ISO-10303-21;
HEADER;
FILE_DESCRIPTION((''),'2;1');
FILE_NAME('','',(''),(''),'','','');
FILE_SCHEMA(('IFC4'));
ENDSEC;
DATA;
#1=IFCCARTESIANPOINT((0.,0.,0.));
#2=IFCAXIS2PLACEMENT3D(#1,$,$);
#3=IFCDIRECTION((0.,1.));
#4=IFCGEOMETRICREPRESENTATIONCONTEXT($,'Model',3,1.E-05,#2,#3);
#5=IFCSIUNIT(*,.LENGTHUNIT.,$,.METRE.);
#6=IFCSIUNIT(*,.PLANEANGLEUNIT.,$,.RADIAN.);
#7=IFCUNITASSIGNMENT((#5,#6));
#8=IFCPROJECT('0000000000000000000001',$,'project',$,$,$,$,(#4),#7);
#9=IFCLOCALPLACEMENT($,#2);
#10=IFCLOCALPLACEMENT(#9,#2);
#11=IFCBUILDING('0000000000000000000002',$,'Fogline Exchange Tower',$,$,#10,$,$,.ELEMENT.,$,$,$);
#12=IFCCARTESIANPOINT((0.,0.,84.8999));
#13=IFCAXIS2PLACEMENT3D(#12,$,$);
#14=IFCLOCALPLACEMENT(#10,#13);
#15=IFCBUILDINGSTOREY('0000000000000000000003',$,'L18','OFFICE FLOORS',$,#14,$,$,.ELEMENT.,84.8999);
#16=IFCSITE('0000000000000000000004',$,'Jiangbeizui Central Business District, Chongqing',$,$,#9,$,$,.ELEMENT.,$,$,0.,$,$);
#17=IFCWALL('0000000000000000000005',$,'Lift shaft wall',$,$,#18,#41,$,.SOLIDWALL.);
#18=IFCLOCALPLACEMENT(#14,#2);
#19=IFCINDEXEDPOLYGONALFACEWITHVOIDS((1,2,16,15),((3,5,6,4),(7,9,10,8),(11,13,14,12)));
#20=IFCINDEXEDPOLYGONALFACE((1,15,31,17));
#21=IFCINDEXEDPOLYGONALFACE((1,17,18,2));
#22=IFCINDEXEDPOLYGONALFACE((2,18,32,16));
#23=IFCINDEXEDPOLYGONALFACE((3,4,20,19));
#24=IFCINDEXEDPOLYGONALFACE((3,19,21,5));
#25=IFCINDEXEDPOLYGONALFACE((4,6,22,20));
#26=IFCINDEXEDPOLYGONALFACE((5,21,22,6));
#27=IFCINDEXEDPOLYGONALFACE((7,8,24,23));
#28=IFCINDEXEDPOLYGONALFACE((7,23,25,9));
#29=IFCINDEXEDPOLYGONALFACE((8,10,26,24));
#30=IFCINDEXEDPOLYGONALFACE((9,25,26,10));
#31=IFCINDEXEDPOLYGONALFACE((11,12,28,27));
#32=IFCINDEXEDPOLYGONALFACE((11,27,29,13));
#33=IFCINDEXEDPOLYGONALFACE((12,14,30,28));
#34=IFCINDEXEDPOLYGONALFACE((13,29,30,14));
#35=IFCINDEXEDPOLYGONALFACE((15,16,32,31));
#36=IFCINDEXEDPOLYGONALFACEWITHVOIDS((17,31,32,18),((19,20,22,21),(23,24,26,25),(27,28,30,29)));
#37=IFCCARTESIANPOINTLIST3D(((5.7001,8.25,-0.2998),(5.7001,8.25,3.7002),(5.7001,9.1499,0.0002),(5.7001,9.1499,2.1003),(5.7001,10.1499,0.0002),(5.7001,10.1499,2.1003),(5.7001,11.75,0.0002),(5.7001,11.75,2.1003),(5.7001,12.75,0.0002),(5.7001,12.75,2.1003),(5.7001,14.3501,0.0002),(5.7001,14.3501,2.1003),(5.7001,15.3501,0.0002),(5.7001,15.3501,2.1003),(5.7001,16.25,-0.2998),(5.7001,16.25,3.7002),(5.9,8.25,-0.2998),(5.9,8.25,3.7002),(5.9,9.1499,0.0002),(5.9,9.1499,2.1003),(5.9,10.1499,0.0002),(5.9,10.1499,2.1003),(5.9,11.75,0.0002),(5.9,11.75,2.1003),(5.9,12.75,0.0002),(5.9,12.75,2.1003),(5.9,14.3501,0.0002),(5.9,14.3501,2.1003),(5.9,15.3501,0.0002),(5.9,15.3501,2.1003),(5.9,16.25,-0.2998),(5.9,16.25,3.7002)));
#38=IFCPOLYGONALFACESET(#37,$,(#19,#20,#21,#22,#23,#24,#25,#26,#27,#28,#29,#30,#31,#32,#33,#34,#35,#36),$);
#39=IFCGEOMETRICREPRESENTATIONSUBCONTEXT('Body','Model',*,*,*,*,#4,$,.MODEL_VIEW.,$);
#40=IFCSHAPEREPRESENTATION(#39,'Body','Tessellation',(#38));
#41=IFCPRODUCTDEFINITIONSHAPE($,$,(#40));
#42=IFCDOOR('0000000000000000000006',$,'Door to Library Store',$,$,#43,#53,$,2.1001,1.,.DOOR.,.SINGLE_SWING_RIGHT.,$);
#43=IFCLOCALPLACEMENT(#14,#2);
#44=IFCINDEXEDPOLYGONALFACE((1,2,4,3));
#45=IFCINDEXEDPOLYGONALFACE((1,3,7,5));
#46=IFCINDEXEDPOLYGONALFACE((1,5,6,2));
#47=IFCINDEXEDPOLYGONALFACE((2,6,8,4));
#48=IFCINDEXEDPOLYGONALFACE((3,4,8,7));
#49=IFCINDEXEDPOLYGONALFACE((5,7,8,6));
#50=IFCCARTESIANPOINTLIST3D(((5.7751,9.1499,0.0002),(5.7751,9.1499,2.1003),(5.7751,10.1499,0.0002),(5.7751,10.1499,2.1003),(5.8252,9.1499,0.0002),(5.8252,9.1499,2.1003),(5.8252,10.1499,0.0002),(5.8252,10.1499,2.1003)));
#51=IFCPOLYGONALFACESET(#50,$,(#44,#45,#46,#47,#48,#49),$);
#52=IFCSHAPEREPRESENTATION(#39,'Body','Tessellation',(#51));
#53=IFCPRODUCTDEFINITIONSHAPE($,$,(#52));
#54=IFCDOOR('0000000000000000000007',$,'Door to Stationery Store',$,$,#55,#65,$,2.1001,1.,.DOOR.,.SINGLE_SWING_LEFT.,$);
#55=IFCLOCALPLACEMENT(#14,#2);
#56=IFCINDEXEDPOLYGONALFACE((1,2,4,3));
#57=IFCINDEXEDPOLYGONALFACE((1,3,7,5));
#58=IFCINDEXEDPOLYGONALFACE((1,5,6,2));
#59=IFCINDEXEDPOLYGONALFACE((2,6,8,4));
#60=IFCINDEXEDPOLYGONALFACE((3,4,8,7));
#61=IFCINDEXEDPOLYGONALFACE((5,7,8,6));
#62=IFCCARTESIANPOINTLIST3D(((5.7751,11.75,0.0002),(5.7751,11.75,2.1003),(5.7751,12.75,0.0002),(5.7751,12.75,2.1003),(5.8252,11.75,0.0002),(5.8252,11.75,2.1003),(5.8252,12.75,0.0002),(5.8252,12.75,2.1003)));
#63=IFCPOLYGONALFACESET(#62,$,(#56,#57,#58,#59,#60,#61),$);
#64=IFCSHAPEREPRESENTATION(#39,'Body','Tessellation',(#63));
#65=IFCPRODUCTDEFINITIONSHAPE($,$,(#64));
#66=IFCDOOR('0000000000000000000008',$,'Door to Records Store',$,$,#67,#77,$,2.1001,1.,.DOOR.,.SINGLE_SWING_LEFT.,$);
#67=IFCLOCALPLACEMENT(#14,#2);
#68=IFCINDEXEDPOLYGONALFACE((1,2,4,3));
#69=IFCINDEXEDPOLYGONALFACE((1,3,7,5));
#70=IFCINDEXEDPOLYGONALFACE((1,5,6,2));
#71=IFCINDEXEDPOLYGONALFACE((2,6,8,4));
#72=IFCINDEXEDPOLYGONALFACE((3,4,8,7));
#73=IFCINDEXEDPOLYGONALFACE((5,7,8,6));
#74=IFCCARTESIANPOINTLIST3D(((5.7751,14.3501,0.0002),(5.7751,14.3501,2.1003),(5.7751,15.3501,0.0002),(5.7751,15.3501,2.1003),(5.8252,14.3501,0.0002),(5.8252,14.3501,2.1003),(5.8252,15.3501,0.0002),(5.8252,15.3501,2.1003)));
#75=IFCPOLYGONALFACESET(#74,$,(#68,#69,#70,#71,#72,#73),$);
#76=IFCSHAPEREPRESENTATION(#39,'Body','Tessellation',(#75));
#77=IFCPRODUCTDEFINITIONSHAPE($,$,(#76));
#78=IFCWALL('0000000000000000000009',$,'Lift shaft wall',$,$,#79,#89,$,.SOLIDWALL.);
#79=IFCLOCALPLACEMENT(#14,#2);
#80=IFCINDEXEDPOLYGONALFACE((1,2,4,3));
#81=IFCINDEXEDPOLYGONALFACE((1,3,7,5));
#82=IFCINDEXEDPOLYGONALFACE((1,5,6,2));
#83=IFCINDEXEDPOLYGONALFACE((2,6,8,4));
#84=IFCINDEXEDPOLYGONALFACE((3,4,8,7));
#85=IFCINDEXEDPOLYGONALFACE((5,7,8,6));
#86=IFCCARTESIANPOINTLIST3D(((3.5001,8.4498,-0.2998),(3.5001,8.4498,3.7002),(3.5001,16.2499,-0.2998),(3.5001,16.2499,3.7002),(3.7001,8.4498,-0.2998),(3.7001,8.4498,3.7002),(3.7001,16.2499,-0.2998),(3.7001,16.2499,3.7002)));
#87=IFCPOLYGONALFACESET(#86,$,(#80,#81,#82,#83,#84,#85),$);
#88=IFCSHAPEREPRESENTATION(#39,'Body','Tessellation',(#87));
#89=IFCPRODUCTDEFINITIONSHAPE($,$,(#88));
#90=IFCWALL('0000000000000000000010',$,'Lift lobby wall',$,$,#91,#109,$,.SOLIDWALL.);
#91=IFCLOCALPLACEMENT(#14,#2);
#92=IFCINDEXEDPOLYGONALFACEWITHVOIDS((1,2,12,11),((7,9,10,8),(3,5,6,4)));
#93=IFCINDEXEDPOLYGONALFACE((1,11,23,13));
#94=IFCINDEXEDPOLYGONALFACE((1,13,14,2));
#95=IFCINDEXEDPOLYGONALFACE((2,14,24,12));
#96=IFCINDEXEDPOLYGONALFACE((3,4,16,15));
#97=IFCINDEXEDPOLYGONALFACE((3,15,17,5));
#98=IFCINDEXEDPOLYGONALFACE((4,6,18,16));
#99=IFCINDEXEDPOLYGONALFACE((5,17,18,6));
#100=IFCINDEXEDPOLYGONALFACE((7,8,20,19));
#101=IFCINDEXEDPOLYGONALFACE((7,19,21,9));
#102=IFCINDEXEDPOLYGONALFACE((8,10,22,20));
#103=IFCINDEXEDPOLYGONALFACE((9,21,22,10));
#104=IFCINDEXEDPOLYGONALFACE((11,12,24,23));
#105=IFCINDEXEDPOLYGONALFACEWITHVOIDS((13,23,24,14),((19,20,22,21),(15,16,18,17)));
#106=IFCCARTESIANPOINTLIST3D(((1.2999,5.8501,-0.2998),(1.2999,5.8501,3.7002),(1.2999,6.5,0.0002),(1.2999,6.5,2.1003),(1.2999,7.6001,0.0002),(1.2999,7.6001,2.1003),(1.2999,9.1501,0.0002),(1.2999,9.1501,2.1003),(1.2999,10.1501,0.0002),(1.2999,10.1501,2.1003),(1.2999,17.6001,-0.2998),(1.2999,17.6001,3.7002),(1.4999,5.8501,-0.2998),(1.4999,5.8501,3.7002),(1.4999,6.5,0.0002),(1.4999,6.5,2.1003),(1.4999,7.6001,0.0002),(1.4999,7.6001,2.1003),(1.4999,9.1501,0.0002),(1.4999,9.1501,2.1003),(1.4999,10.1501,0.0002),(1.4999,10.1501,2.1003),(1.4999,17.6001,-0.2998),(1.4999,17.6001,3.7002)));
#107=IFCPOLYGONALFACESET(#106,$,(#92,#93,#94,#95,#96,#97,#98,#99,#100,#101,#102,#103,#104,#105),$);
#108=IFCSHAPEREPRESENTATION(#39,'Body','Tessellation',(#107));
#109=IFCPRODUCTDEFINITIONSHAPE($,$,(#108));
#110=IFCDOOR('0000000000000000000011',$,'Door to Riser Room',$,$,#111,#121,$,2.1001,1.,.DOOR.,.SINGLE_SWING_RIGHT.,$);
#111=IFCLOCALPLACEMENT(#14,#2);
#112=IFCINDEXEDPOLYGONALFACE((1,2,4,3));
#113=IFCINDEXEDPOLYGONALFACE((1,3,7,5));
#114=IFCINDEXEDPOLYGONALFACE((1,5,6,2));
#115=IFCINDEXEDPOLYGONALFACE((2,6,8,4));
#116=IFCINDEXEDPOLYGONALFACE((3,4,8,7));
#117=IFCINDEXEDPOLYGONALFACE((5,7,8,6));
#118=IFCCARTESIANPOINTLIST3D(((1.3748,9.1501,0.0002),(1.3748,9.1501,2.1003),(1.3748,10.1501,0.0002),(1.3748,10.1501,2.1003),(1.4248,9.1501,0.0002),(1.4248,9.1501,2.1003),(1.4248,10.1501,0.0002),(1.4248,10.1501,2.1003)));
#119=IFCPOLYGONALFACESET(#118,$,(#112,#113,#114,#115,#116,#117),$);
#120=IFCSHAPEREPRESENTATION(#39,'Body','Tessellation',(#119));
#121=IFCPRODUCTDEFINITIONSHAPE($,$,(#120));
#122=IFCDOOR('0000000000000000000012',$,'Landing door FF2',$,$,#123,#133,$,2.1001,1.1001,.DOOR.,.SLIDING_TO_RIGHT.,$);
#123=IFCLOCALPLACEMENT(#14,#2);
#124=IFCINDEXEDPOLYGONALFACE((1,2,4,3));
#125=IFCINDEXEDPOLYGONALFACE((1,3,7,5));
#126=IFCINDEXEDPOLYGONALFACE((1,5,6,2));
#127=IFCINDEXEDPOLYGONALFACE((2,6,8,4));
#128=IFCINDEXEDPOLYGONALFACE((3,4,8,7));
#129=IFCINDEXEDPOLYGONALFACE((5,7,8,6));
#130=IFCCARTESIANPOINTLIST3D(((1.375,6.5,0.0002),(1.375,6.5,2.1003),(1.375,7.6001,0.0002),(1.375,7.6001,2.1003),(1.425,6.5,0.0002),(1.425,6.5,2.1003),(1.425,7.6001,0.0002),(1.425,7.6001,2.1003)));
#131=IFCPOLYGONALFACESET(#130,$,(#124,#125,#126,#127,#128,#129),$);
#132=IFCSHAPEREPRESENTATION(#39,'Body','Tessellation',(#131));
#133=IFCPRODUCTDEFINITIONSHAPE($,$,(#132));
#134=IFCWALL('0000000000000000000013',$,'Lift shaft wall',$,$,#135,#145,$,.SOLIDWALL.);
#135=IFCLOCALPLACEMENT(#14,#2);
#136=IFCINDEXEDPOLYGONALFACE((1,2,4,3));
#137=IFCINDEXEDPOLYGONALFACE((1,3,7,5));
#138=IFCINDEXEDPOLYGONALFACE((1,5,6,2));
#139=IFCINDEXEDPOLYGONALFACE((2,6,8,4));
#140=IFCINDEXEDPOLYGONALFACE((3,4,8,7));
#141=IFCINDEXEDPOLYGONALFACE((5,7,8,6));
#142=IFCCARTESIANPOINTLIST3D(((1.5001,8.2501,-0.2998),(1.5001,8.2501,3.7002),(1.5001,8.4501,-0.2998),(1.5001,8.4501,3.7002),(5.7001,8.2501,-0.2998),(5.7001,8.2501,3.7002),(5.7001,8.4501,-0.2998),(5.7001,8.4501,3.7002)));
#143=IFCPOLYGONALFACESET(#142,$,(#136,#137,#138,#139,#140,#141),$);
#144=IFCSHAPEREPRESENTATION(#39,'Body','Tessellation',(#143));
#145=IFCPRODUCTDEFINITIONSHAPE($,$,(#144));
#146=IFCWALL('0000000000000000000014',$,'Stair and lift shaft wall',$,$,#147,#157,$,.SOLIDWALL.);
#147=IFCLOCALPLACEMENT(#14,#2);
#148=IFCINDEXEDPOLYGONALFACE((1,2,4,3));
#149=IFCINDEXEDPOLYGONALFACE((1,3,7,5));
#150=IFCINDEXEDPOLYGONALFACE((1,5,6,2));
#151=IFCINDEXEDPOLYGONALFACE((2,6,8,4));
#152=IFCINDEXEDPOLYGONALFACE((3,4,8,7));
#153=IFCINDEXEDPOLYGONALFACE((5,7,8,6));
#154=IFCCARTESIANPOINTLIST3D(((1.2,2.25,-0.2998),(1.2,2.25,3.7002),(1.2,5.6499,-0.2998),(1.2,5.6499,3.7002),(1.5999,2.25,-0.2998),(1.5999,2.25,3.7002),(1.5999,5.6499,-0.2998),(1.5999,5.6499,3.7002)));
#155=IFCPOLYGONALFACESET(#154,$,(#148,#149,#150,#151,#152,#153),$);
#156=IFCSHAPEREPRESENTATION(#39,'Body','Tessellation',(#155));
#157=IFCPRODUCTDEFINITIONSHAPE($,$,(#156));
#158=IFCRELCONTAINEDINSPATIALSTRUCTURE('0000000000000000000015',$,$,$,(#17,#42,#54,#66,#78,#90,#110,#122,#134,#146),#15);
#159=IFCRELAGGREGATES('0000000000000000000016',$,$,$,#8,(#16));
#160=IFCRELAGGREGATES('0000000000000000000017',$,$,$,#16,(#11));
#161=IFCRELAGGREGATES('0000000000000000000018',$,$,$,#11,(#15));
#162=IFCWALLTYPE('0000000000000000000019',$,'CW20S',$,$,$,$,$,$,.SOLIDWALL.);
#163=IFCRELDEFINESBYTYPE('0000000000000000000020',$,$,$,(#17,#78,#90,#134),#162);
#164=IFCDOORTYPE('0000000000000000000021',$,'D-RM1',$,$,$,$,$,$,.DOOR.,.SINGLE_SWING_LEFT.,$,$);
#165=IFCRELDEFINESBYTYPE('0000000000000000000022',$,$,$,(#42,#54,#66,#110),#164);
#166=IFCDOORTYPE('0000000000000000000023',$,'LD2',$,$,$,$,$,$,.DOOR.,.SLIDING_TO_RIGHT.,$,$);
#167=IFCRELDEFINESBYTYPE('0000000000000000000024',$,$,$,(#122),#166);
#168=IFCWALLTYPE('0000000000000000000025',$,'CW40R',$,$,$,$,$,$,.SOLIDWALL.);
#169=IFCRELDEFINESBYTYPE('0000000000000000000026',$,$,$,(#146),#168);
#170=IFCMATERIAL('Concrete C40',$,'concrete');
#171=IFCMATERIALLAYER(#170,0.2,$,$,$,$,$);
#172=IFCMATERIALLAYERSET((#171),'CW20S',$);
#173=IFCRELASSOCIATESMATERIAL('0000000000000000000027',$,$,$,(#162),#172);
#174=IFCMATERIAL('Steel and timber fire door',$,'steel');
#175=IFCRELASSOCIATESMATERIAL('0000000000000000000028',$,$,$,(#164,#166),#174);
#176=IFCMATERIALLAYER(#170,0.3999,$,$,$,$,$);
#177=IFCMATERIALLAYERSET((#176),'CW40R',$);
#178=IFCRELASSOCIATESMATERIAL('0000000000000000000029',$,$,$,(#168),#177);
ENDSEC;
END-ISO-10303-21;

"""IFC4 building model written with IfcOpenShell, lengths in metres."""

from ifc_helpers import new_model, si_unit, direction, frame, frame_2d, origin, place, context, subcontext, project, spatial, rectangle, extrude, material, layer, layer_set, type_object, element, fill, save


model = new_model("IFC4")

# Units and contexts
model_context = context("Model", 3, precision=1e-05, world=origin(), true_north=direction((0.0, 1.0)))
body_context = subcontext(model_context, "Body", "Model", "MODEL_VIEW")
ifc_project = project(units=[si_unit("LENGTHUNIT", "METRE"), si_unit("PLANEANGLEUNIT", "RADIAN")], contexts=[model_context])

# Site, building, storey
site_placement = place(None, origin())
site = spatial("IfcSite", under=ifc_project, at=site_placement, Name="Jiangbeizui Central Business District, Chongqing", CompositionType="ELEMENT", RefElevation=0.0)
building_placement = place(site_placement, origin())
building = spatial("IfcBuilding", under=site, at=building_placement, Name="Fogline Exchange Tower", CompositionType="ELEMENT")
storey_placement = place(building_placement, frame((0.0, 0.0, 84.8999)))
storey = spatial("IfcBuildingStorey", under=building, at=storey_placement, Name="L18", Description="OFFICE FLOORS", CompositionType="ELEMENT", Elevation=84.8999)

# Shared definitions
ifc_material_1 = material(Name="Concrete C40", Category="concrete")

# Shared definitions
ifc_material_2 = material(Name="Steel and timber fire door", Category="steel")

# Wall, openings, doors
ifc_layer_1 = layer(ifc_material_1, 0.2)
ifc_layer_set_1 = layer_set([ifc_layer_1], Name="CW20S")
wall_type_1 = type_object("IfcWallType", Name="CW20S", PredefinedType="SOLIDWALL", material=ifc_layer_set_1)
door_type_1 = type_object("IfcDoorType", Name="D-RM1", OperationType="SINGLE_SWING_LEFT", PredefinedType="DOOR", material=ifc_material_2)
wall_1_placement = place(storey_placement, frame((5.8, 8.25, -0.2998), z_axis=(0.0, 0.0, 1.0), x_axis=(0.0, 1.0, 0.0)))
wall_1 = element("IfcWall", 1, at=wall_1_placement, inside=storey, type_object=wall_type_1, Name="Lift shaft wall", PredefinedType="SOLIDWALL", context=body_context, shape_type="SweptSolid", body=[
    extrude(rectangle(XDim=8.0, YDim=0.2, at=frame_2d((4.0, 0.0))), origin(), (0.0, 0.0, 1.0), 4.0),
])
opening_1_placement = place(wall_1_placement, frame((0.8999, 0.0, 0.3)))
opening_1 = element("IfcOpeningElement", 2, at=opening_1_placement, cuts=wall_1, PredefinedType="OPENING", context=body_context, shape_type="SweptSolid", body=[
    extrude(rectangle(XDim=1.0, YDim=2.1001, at=frame_2d((0.5, 1.05))), frame((0.0, 0.1099, 0.0), z_axis=(0.0, -1.0, 0.0), x_axis=(1.0, 0.0, 0.0)), (0.0, 0.0, 1.0), 0.22),
])
opening_2_placement = place(wall_1_placement, frame((3.5, 0.0, 0.3)))
opening_2 = element("IfcOpeningElement", 3, at=opening_2_placement, cuts=wall_1, PredefinedType="OPENING", context=body_context, shape_type="SweptSolid", body=[
    extrude(rectangle(XDim=1.0, YDim=2.1001, at=frame_2d((0.5, 1.05))), frame((0.0, 0.1099, 0.0), z_axis=(0.0, -1.0, 0.0), x_axis=(1.0, 0.0, 0.0)), (0.0, 0.0, 1.0), 0.22),
])
opening_3_placement = place(wall_1_placement, frame((6.1001, 0.0, 0.3)))
opening_3 = element("IfcOpeningElement", 4, at=opening_3_placement, cuts=wall_1, PredefinedType="OPENING", context=body_context, shape_type="SweptSolid", body=[
    extrude(rectangle(XDim=1.0, YDim=2.1001, at=frame_2d((0.5, 1.05))), frame((0.0, 0.1099, 0.0), z_axis=(0.0, -1.0, 0.0), x_axis=(1.0, 0.0, 0.0)), (0.0, 0.0, 1.0), 0.22),
])
door_1_placement = place(opening_1_placement, origin())
door_1 = element("IfcDoor", 5, at=door_1_placement, inside=storey, type_object=door_type_1, Name="Door to Library Store", OperationType="SINGLE_SWING_RIGHT", OverallHeight=2.1001, OverallWidth=1.0, PredefinedType="DOOR", context=body_context, shape_type="SweptSolid", body=[
    extrude(rectangle(XDim=1.0, YDim=2.1001, at=frame_2d((0.5, 1.05))), frame((0.0, 0.0249, 0.0), z_axis=(0.0, -1.0, 0.0), x_axis=(1.0, 0.0, 0.0)), (0.0, 0.0, 1.0), 0.05),
])
fill(opening_1, door_1)
door_2_placement = place(opening_2_placement, origin())
door_2 = element("IfcDoor", 6, at=door_2_placement, inside=storey, type_object=door_type_1, Name="Door to Stationery Store", OperationType="SINGLE_SWING_LEFT", OverallHeight=2.1001, OverallWidth=1.0, PredefinedType="DOOR", context=body_context, shape_type="SweptSolid", body=[
    extrude(rectangle(XDim=1.0, YDim=2.1001, at=frame_2d((0.5, 1.05))), frame((0.0, 0.0249, 0.0), z_axis=(0.0, -1.0, 0.0), x_axis=(1.0, 0.0, 0.0)), (0.0, 0.0, 1.0), 0.05),
])
fill(opening_2, door_2)
door_3_placement = place(opening_3_placement, origin())
door_3 = element("IfcDoor", 7, at=door_3_placement, inside=storey, type_object=door_type_1, Name="Door to Records Store", OperationType="SINGLE_SWING_LEFT", OverallHeight=2.1001, OverallWidth=1.0, PredefinedType="DOOR", context=body_context, shape_type="SweptSolid", body=[
    extrude(rectangle(XDim=1.0, YDim=2.1001, at=frame_2d((0.5, 1.05))), frame((0.0, 0.0249, 0.0), z_axis=(0.0, -1.0, 0.0), x_axis=(1.0, 0.0, 0.0)), (0.0, 0.0, 1.0), 0.05),
])
fill(opening_3, door_3)

# Wall
wall_2_placement = place(storey_placement, frame((3.6001, 8.45, -0.2998), z_axis=(0.0, 0.0, 1.0), x_axis=(0.0, 1.0, 0.0)))
element("IfcWall", 8, at=wall_2_placement, inside=storey, type_object=wall_type_1, Name="Lift shaft wall", PredefinedType="SOLIDWALL", context=body_context, shape_type="SweptSolid", body=[
    extrude(rectangle(XDim=7.8, YDim=0.2, at=frame_2d((3.8999, 0.0))), origin(), (0.0, 0.0, 1.0), 4.0),
])

# Wall, openings, doors
wall_3_placement = place(storey_placement, frame((1.3999, 5.8501, -0.2998), z_axis=(0.0, 0.0, 1.0), x_axis=(0.0, 1.0, 0.0)))
wall_3 = element("IfcWall", 9, at=wall_3_placement, inside=storey, type_object=wall_type_1, Name="Lift lobby wall", PredefinedType="SOLIDWALL", context=body_context, shape_type="SweptSolid", body=[
    extrude(rectangle(XDim=11.75, YDim=0.2, at=frame_2d((5.875, 0.0))), origin(), (0.0, 0.0, 1.0), 4.0),
])
opening_4_placement = place(wall_3_placement, frame((0.6499, 0.0, 0.3)))
opening_4 = element("IfcOpeningElement", 10, at=opening_4_placement, cuts=wall_3, PredefinedType="OPENING", context=body_context, shape_type="SweptSolid", body=[
    extrude(rectangle(XDim=1.1001, YDim=2.1001, at=frame_2d((0.55, 1.05))), frame((0.0, 0.1099, 0.0), z_axis=(0.0, -1.0, 0.0), x_axis=(1.0, 0.0, 0.0)), (0.0, 0.0, 1.0), 0.22),
])
opening_5_placement = place(wall_3_placement, frame((3.3, 0.0, 0.3)))
opening_5 = element("IfcOpeningElement", 11, at=opening_5_placement, cuts=wall_3, PredefinedType="OPENING", context=body_context, shape_type="SweptSolid", body=[
    extrude(rectangle(XDim=1.0, YDim=2.1001, at=frame_2d((0.5, 1.05))), frame((0.0, 0.1099, 0.0), z_axis=(0.0, -1.0, 0.0), x_axis=(1.0, 0.0, 0.0)), (0.0, 0.0, 1.0), 0.22),
])
door_4_placement = place(opening_5_placement, frame((1.0, 0.0, 0.0), z_axis=(0.0, 0.0, 1.0), x_axis=(-1.0, 0.0, 0.0)))
door_4 = element("IfcDoor", 12, at=door_4_placement, inside=storey, type_object=door_type_1, Name="Door to Riser Room", OperationType="SINGLE_SWING_RIGHT", OverallHeight=2.1001, OverallWidth=1.0, PredefinedType="DOOR", context=body_context, shape_type="SweptSolid", body=[
    extrude(rectangle(XDim=1.0, YDim=2.1001, at=frame_2d((0.5, 1.05))), frame((0.0, 0.0249, 0.0), z_axis=(0.0, -1.0, 0.0), x_axis=(1.0, 0.0, 0.0)), (0.0, 0.0, 1.0), 0.05),
])
fill(opening_5, door_4)
door_type_2 = type_object("IfcDoorType", Name="LD2", OperationType="SLIDING_TO_RIGHT", PredefinedType="DOOR", material=ifc_material_2)
door_5_placement = place(opening_4_placement, origin())
door_5 = element("IfcDoor", 13, at=door_5_placement, inside=storey, type_object=door_type_2, Name="Landing door FF2", OperationType="SLIDING_TO_RIGHT", OverallHeight=2.1001, OverallWidth=1.1001, PredefinedType="DOOR", context=body_context, shape_type="SweptSolid", body=[
    extrude(rectangle(XDim=1.1001, YDim=2.1001, at=frame_2d((0.55, 1.05))), frame((0.0, 0.0249, 0.0), z_axis=(0.0, -1.0, 0.0), x_axis=(1.0, 0.0, 0.0)), (0.0, 0.0, 1.0), 0.05),
])
fill(opening_4, door_5)

# Walls
wall_4_placement = place(storey_placement, frame((1.5, 8.3501, -0.2998), z_axis=(0.0, 0.0, 1.0), x_axis=(1.0, 0.0, 0.0)))
element("IfcWall", 14, at=wall_4_placement, inside=storey, type_object=wall_type_1, Name="Lift shaft wall", PredefinedType="SOLIDWALL", context=body_context, shape_type="SweptSolid", body=[
    extrude(rectangle(XDim=4.2, YDim=0.2, at=frame_2d((2.1001, 0.0))), origin(), (0.0, 0.0, 1.0), 4.0),
])
ifc_layer_2 = layer(ifc_material_1, 0.3999)
ifc_layer_set_2 = layer_set([ifc_layer_2], Name="CW40R")
wall_type_2 = type_object("IfcWallType", Name="CW40R", PredefinedType="SOLIDWALL", material=ifc_layer_set_2)
wall_5_placement = place(storey_placement, frame((1.3999, 2.25, -0.2998), z_axis=(0.0, 0.0, 1.0), x_axis=(0.0, 1.0, 0.0)))
element("IfcWall", 15, at=wall_5_placement, inside=storey, type_object=wall_type_2, Name="Stair and lift shaft wall", PredefinedType="SOLIDWALL", context=body_context, shape_type="SweptSolid", body=[
    extrude(rectangle(XDim=3.3999, YDim=0.3999, at=frame_2d((1.7, 0.0))), origin(), (0.0, 0.0, 1.0), 4.0),
])

save(model, "model.ifc")
